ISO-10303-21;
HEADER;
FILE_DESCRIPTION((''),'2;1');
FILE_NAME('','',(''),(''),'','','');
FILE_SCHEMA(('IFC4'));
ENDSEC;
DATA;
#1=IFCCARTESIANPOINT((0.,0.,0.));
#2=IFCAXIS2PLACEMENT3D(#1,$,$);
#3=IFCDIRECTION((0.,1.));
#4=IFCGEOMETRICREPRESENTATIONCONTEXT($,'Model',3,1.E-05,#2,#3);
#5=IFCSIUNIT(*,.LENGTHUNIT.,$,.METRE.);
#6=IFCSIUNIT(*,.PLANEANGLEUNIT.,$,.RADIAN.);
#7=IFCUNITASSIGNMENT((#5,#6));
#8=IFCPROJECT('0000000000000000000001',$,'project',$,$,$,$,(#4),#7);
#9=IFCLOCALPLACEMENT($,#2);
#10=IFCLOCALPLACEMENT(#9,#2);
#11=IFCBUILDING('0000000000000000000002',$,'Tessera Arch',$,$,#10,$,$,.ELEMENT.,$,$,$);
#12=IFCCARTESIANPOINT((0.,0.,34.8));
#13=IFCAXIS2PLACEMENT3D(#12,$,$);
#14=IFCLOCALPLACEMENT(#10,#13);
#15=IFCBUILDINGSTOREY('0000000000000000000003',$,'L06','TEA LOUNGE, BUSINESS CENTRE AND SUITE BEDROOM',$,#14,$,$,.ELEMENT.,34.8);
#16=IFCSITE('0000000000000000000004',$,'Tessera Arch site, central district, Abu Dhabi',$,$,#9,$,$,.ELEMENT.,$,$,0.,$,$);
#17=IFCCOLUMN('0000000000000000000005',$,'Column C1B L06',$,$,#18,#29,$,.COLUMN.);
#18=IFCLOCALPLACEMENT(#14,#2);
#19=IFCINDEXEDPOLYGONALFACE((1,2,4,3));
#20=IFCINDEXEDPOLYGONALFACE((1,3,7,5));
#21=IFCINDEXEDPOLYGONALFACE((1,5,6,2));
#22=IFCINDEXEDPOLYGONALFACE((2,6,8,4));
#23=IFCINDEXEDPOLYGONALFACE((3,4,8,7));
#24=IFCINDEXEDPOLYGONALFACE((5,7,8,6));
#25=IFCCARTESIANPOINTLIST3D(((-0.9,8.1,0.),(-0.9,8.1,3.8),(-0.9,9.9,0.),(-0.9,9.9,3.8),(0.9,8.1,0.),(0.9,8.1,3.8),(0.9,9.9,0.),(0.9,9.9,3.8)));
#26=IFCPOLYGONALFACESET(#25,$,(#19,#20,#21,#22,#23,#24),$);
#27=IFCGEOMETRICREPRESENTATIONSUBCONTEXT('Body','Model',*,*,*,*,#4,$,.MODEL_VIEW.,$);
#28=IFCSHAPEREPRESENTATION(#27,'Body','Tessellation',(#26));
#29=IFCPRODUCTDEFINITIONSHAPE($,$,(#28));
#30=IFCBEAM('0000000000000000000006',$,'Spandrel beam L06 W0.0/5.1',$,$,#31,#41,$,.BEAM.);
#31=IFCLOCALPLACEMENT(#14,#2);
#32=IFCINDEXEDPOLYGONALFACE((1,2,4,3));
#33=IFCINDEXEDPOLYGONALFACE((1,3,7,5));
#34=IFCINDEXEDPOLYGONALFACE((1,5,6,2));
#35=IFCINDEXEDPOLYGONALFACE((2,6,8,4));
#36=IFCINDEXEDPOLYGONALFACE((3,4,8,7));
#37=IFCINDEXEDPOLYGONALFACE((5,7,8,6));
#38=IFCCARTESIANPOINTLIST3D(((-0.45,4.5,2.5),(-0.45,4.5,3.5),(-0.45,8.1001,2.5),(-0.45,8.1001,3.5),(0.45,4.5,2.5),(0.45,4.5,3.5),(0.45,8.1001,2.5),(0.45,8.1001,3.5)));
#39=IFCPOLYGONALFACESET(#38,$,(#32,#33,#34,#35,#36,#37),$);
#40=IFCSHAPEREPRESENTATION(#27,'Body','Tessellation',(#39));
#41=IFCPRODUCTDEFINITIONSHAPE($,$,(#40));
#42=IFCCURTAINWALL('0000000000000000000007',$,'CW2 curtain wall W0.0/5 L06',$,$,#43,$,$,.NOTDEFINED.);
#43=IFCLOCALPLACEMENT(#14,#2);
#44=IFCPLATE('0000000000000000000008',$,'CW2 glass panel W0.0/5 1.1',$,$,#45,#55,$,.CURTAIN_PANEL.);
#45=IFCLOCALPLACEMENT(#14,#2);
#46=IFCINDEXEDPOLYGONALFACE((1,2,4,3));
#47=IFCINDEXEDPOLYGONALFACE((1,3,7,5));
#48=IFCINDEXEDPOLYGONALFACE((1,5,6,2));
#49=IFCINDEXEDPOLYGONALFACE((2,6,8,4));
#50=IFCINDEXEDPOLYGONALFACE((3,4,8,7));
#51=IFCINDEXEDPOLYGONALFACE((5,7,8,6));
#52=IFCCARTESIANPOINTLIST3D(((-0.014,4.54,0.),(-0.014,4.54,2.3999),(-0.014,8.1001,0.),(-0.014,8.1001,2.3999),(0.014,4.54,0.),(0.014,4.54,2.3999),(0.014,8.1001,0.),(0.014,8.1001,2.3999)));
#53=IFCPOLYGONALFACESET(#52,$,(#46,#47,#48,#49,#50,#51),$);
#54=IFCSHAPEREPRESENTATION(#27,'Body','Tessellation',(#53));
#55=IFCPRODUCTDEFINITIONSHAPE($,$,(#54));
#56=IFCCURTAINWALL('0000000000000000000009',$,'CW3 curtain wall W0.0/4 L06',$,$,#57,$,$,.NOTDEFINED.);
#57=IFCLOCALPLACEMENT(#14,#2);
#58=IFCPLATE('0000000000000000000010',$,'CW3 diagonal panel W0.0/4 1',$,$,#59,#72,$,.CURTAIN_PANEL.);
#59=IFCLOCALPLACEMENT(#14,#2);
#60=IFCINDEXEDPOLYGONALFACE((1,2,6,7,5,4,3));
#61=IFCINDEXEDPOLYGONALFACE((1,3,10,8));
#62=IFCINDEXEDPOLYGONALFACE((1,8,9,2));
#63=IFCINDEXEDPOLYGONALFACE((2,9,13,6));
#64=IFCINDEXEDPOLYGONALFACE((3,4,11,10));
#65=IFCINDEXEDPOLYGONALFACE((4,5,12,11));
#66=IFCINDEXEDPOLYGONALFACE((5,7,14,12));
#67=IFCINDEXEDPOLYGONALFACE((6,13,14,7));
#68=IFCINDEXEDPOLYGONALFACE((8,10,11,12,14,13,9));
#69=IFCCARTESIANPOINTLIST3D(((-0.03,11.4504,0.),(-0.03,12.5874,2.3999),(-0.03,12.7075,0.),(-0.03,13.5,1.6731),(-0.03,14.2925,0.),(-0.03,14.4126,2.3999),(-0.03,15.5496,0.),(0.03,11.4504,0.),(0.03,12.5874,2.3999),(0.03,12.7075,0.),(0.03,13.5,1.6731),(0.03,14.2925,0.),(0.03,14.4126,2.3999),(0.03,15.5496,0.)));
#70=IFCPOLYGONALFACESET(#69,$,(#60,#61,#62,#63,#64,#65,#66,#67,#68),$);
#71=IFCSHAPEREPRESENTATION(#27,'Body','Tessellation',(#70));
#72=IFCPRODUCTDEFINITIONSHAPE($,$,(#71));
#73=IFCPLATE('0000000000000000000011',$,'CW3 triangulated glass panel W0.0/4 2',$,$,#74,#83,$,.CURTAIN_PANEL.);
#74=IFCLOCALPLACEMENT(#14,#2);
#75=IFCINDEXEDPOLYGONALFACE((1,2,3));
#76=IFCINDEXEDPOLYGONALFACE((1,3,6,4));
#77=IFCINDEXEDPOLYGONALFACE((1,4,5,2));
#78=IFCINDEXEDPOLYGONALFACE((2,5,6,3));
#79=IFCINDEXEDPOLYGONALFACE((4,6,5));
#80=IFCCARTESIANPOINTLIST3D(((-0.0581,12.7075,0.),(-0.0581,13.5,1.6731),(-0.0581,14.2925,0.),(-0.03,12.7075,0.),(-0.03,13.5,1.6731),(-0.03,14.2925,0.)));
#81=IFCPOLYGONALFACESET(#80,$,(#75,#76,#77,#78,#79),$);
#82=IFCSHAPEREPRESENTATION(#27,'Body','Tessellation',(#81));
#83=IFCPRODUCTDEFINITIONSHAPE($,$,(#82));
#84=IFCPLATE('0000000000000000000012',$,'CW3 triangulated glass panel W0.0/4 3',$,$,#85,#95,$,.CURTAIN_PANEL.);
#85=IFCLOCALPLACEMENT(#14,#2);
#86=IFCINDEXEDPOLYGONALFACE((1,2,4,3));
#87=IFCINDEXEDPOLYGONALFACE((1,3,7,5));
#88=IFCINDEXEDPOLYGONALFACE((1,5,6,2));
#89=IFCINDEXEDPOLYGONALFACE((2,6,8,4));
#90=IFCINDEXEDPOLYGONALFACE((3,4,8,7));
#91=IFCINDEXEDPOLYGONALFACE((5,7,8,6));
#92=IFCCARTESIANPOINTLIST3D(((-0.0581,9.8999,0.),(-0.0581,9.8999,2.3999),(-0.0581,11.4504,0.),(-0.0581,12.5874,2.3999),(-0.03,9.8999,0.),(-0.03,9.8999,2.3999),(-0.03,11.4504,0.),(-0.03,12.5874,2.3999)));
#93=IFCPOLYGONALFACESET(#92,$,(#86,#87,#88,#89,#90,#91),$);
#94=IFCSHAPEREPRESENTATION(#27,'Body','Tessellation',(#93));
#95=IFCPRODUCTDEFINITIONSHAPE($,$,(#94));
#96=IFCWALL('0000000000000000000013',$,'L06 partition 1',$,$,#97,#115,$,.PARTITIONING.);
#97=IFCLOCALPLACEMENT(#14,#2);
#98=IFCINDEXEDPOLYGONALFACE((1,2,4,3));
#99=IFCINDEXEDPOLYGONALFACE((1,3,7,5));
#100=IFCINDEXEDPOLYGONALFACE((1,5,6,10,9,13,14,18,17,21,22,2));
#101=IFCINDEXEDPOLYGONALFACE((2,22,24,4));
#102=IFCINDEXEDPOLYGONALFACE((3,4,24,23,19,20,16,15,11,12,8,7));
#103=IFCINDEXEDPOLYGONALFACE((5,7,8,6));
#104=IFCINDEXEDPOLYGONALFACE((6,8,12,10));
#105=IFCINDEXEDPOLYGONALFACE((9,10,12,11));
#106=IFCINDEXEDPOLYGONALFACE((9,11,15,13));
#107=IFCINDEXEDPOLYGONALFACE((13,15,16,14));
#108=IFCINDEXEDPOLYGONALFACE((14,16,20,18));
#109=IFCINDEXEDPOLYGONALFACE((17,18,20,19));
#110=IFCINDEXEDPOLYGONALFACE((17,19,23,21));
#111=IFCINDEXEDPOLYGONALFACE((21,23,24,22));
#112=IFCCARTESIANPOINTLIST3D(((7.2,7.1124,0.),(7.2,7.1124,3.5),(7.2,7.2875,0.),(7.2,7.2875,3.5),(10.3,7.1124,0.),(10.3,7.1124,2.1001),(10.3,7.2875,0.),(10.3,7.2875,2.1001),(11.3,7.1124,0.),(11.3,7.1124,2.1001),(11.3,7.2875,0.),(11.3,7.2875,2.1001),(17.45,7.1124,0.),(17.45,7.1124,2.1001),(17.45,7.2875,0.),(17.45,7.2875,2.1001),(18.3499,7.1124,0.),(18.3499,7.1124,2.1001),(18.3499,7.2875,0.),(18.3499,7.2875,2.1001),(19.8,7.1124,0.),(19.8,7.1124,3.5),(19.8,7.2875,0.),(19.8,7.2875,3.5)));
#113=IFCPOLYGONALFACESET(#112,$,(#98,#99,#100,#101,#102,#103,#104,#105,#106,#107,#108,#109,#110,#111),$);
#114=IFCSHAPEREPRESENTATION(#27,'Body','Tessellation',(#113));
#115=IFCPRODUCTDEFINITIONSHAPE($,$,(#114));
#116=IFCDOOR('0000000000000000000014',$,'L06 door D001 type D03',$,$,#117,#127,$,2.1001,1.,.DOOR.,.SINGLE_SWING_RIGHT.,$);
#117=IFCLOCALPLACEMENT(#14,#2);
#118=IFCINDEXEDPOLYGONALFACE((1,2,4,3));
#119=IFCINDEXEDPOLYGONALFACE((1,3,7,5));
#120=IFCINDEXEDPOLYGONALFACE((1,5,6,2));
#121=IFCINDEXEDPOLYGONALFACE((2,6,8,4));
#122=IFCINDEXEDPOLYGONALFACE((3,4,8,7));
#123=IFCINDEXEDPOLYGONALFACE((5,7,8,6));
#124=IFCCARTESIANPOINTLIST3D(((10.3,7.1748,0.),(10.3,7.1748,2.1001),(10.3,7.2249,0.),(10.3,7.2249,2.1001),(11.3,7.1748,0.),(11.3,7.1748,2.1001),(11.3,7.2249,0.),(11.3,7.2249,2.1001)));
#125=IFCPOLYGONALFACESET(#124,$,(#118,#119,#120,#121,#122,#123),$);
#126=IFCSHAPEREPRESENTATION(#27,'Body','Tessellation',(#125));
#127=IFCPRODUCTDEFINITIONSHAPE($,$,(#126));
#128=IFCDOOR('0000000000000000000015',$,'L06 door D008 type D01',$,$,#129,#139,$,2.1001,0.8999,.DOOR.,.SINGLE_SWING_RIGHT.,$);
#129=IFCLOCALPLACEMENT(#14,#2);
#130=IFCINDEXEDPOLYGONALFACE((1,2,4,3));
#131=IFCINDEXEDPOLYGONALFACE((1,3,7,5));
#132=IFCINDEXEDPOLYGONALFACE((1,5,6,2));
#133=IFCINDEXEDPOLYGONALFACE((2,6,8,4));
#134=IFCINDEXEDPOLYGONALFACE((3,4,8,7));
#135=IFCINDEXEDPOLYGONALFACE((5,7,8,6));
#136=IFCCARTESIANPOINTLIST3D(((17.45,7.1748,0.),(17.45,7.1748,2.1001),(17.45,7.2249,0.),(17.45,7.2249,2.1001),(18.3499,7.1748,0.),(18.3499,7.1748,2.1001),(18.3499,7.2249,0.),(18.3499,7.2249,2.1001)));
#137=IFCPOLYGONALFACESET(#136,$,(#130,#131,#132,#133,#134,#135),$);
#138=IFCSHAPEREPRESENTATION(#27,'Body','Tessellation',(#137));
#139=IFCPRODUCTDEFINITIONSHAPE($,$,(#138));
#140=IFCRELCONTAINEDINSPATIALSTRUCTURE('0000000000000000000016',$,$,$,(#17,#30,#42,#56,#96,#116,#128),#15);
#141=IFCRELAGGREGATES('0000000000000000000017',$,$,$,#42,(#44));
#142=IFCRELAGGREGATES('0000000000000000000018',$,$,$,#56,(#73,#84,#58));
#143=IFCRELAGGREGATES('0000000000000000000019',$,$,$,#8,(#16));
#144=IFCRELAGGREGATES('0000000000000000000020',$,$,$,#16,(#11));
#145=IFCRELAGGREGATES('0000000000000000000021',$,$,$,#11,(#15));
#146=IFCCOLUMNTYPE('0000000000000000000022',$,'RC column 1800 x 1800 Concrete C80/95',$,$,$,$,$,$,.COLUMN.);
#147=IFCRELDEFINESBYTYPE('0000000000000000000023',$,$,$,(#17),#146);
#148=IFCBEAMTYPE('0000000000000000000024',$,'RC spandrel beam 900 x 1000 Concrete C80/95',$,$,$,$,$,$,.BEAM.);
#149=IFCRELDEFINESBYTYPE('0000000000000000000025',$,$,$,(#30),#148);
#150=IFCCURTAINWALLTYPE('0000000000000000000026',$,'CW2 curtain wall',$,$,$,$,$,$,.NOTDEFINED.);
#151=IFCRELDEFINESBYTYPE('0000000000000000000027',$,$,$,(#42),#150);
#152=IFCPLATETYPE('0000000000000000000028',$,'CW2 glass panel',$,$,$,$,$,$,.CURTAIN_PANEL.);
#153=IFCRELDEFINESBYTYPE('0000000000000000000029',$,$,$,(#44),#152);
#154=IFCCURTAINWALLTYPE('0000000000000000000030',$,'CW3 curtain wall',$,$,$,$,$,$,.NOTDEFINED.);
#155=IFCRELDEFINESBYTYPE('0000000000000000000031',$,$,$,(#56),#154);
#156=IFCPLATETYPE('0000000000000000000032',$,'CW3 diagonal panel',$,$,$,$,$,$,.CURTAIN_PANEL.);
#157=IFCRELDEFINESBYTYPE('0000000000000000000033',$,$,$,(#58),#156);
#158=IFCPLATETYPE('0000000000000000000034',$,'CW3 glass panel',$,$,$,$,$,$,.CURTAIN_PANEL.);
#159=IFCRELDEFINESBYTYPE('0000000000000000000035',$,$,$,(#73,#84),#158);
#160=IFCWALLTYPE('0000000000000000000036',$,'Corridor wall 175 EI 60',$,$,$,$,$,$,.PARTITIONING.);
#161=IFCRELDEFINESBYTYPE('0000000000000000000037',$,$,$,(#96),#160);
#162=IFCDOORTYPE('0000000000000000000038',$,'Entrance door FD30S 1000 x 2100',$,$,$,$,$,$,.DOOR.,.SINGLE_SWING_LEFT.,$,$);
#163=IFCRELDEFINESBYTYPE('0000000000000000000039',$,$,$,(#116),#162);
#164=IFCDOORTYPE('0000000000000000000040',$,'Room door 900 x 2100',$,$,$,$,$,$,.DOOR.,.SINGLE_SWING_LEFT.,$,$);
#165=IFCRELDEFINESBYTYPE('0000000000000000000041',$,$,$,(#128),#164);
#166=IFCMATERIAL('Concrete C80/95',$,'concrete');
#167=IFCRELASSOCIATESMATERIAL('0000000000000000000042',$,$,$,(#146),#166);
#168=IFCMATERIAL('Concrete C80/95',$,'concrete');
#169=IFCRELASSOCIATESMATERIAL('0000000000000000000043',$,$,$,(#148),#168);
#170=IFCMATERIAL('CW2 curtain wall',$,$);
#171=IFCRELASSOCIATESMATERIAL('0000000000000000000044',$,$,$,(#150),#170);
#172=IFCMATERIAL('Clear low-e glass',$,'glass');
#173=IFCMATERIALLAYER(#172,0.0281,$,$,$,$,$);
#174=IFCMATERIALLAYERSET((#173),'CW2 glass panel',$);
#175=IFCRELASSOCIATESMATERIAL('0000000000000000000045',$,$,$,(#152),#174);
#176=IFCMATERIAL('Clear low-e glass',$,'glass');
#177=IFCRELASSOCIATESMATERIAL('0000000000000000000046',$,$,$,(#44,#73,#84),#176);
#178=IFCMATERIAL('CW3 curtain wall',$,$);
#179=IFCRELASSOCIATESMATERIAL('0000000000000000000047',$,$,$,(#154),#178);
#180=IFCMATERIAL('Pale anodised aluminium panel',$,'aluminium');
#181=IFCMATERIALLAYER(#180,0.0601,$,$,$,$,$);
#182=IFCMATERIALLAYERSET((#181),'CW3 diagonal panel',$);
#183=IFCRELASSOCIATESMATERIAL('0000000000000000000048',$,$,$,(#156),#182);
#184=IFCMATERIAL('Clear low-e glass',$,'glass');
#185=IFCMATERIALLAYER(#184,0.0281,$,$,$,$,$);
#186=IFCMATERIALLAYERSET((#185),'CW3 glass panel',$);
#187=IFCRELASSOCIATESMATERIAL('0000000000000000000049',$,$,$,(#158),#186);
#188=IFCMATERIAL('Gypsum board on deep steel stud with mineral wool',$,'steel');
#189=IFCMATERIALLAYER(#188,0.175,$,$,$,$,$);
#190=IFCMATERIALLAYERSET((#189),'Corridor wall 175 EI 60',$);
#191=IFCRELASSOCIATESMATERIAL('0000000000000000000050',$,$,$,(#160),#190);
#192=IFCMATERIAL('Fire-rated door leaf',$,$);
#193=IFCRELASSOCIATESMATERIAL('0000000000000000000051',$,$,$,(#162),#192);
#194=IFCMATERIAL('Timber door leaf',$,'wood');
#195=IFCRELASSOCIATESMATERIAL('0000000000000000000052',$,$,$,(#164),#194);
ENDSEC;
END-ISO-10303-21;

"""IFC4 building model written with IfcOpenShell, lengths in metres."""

from ifc_helpers import new_model, si_unit, direction, frame, frame_2d, origin, origin_2d, place, context, subcontext, project, spatial, polyline, rectangle, outline, extrude, material, layer, layer_set, material_profile, profile_set, type_object, element, fill, aggregate, save


model = new_model("IFC4")

# Units and contexts
model_context = context("Model", 3, precision=1e-05, world=origin(), true_north=direction((0.0, 1.0)))
body_context = subcontext(model_context, "Body", "Model", "MODEL_VIEW")
ifc_project = project(units=[si_unit("LENGTHUNIT", "METRE"), si_unit("PLANEANGLEUNIT", "RADIAN")], contexts=[model_context])

# Site, building, storey
site_placement = place(None, origin())
site = spatial("IfcSite", under=ifc_project, at=site_placement, Name="Tessera Arch site, central district, Abu Dhabi", CompositionType="ELEMENT", RefElevation=0.0)
building_placement = place(site_placement, origin())
building = spatial("IfcBuilding", under=site, at=building_placement, Name="Tessera Arch", CompositionType="ELEMENT")
storey_placement = place(building_placement, frame((0.0, 0.0, 34.8)))
storey = spatial("IfcBuildingStorey", under=building, at=storey_placement, Name="L06", Description="TEA LOUNGE, BUSINESS CENTRE AND SUITE BEDROOM", CompositionType="ELEMENT", Elevation=34.8)

# Column
ifc_material_1 = material(Name="Concrete C80/95", Category="concrete")
ifc_material_profile_1 = material_profile(ifc_material_1, rectangle(XDim=1.8, YDim=1.8, at=origin_2d()), Name="RC column 1800 x 1800 Concrete C80/95")
ifc_profile_set_1 = profile_set([ifc_material_profile_1], Name="Concrete C80/95")
column_type = type_object("IfcColumnType", Name="RC column 1800 x 1800 Concrete C80/95", PredefinedType="COLUMN", material=ifc_profile_set_1)
column_placement = place(storey_placement, frame((0.0, 9.0, 0.0), z_axis=(0.0, 0.0, 1.0), x_axis=(1.0, 0.0, 0.0)))
element("IfcColumn", 1, at=column_placement, inside=storey, type_object=column_type, Name="Column C1B L06", PredefinedType="COLUMN", context=body_context, shape_type="SweptSolid", body=[
    extrude(rectangle(XDim=1.8, YDim=1.8, at=origin_2d()), origin(), (0.0, 0.0, 1.0), 3.8),
])

# Beam
ifc_material_2 = material(Name="Concrete C80/95", Category="concrete")
ifc_material_profile_2 = material_profile(ifc_material_2, rectangle(XDim=0.8999, YDim=1.0, at=origin_2d()), Name="RC spandrel beam 900 x 1000 Concrete C80/95")
ifc_profile_set_2 = profile_set([ifc_material_profile_2], Name="Concrete C80/95")
beam_type = type_object("IfcBeamType", Name="RC spandrel beam 900 x 1000 Concrete C80/95", PredefinedType="BEAM", material=ifc_profile_set_2)
beam_placement = place(storey_placement, frame((0.0, 8.1001, 3.0), z_axis=(0.0, -1.0, 0.0), x_axis=(1.0, 0.0, 0.0)))
element("IfcBeam", 2, at=beam_placement, inside=storey, type_object=beam_type, Name="Spandrel beam L06 W0.0/5.1", PredefinedType="BEAM", context=body_context, shape_type="SweptSolid", body=[
    extrude(rectangle(XDim=0.8999, YDim=1.0, at=origin_2d()), origin(), (0.0, 0.0, 1.0), 3.6001),
])

# Curtain wall, plate
ifc_material_3 = material(Name="CW2 curtain wall")
curtain_wall_type_1 = type_object("IfcCurtainWallType", Name="CW2 curtain wall", PredefinedType="NOTDEFINED", material=ifc_material_3)
curtain_wall_1_placement = place(storey_placement, origin())
curtain_wall_1 = element("IfcCurtainWall", 3, at=curtain_wall_1_placement, inside=storey, type_object=curtain_wall_type_1, Name="CW2 curtain wall W0.0/5 L06", PredefinedType="NOTDEFINED")
ifc_material_4 = material(Name="Clear low-e glass", Category="glass")
ifc_material_5 = material(Name="Clear low-e glass", Category="glass")
ifc_layer_1 = layer(ifc_material_5, 0.0281)
ifc_layer_set_1 = layer_set([ifc_layer_1], Name="CW2 glass panel")
plate_type_1 = type_object("IfcPlateType", Name="CW2 glass panel", PredefinedType="CURTAIN_PANEL", material=ifc_layer_set_1)
plate_1_placement = place(storey_placement, frame((0.0, 6.3201, 0.0), z_axis=(0.0, 0.0, 1.0), x_axis=(0.0, -1.0, 0.0)))
plate_1 = element("IfcPlate", 4, at=plate_1_placement, type_object=plate_type_1, material=ifc_material_4, Name="CW2 glass panel W0.0/5 1.1", PredefinedType="CURTAIN_PANEL", context=body_context, shape_type="SweptSolid", body=[
    extrude(rectangle(XDim=3.5601, YDim=0.0281, at=origin_2d()), origin(), (0.0, 0.0, 1.0), 2.3999),
])
aggregate(curtain_wall_1, [plate_1])

# Curtain wall, plates
ifc_material_6 = material(Name="CW3 curtain wall")
curtain_wall_type_2 = type_object("IfcCurtainWallType", Name="CW3 curtain wall", PredefinedType="NOTDEFINED", material=ifc_material_6)
curtain_wall_2_placement = place(storey_placement, origin())
curtain_wall_2 = element("IfcCurtainWall", 5, at=curtain_wall_2_placement, inside=storey, type_object=curtain_wall_type_2, Name="CW3 curtain wall W0.0/4 L06", PredefinedType="NOTDEFINED")
ifc_material_7 = material(Name="Pale anodised aluminium panel", Category="aluminium")
ifc_layer_2 = layer(ifc_material_7, 0.0601)
ifc_layer_set_2 = layer_set([ifc_layer_2], Name="CW3 diagonal panel")
plate_type_2 = type_object("IfcPlateType", Name="CW3 diagonal panel", PredefinedType="CURTAIN_PANEL", material=ifc_layer_set_2)
plate_2_placement = place(storey_placement, frame((-0.03, 12.5874, 2.3999), z_axis=(-1.0, 0.0, 0.0), x_axis=(0.0, 1.0, 0.0)))
plate_2 = element("IfcPlate", 6, at=plate_2_placement, type_object=plate_type_2, Name="CW3 diagonal panel W0.0/4 1", PredefinedType="CURTAIN_PANEL", context=body_context, shape_type="SweptSolid", body=[
    extrude(outline(polyline([(0.0, 0.0), (1.8252, 0.0), (2.9622, 2.3999), (1.7051, 2.3999), (0.9126, 0.7268), (0.1201, 2.3999), (-1.137, 2.3999), (0.0, 0.0)])), origin(), (0.0, 0.0, -1.0), 0.0601),
])
ifc_material_8 = material(Name="Clear low-e glass", Category="glass")
ifc_layer_3 = layer(ifc_material_8, 0.0281)
ifc_layer_set_3 = layer_set([ifc_layer_3], Name="CW3 glass panel")
plate_type_3 = type_object("IfcPlateType", Name="CW3 glass panel", PredefinedType="CURTAIN_PANEL", material=ifc_layer_set_3)
plate_3_placement = place(storey_placement, frame((-0.0581, 14.2925, 0.0), z_axis=(-1.0, 0.0, 0.0), x_axis=(0.0, -1.0, 0.0)))
plate_3 = element("IfcPlate", 7, at=plate_3_placement, type_object=plate_type_3, material=ifc_material_4, Name="CW3 triangulated glass panel W0.0/4 2", PredefinedType="CURTAIN_PANEL", context=body_context, shape_type="SweptSolid", body=[
    extrude(outline(polyline([(0.0, 0.0), (1.585, 0.0), (0.7925, 1.6731), (0.0, 0.0)])), origin(), (0.0, 0.0, -1.0), 0.0281),
])
plate_4_placement = place(storey_placement, frame((-0.0581, 9.8999, 2.3999), z_axis=(-1.0, 0.0, 0.0), x_axis=(0.0, 1.0, 0.0)))
plate_4 = element("IfcPlate", 8, at=plate_4_placement, type_object=plate_type_3, material=ifc_material_4, Name="CW3 triangulated glass panel W0.0/4 3", PredefinedType="CURTAIN_PANEL", context=body_context, shape_type="SweptSolid", body=[
    extrude(outline(polyline([(0.0, 0.0), (2.6875, 0.0), (1.5505, 2.3999), (0.0, 2.3999), (0.0, 0.0)])), origin(), (0.0, 0.0, -1.0), 0.0281),
])
aggregate(curtain_wall_2, [plate_3, plate_4, plate_2])

# Wall, openings, doors
ifc_material_9 = material(Name="Gypsum board on deep steel stud with mineral wool", Category="steel")
ifc_layer_4 = layer(ifc_material_9, 0.175)
ifc_layer_set_4 = layer_set([ifc_layer_4], Name="Corridor wall 175 EI 60")
wall_type_1 = type_object("IfcWallType", Name="Corridor wall 175 EI 60", PredefinedType="PARTITIONING", material=ifc_layer_set_4)
wall_1_placement = place(storey_placement, frame((7.2, 7.2, 0.0), z_axis=(0.0, 0.0, 1.0), x_axis=(1.0, 0.0, 0.0)))
wall_1 = element("IfcWall", 9, at=wall_1_placement, inside=storey, type_object=wall_type_1, Name="L06 partition 1", PredefinedType="PARTITIONING", context=body_context, shape_type="SweptSolid", body=[
    extrude(rectangle(XDim=12.6001, YDim=0.175, at=frame_2d((6.3, 0.0))), origin(), (0.0, 0.0, 1.0), 3.5),
])
opening_1_placement = place(wall_1_placement, frame((3.1001, 0.0, 0.0)))
opening_1 = element("IfcOpeningElement", 10, at=opening_1_placement, cuts=wall_1, PredefinedType="OPENING", context=body_context, shape_type="SweptSolid", body=[
    extrude(rectangle(XDim=1.0, YDim=2.1001, at=frame_2d((0.5, 1.05))), frame((0.0, 0.0974, 0.0), z_axis=(0.0, -1.0, 0.0), x_axis=(1.0, 0.0, 0.0)), (0.0, 0.0, 1.0), 0.1951),
])
opening_2_placement = place(wall_1_placement, frame((10.25, 0.0, 0.0)))
opening_2 = element("IfcOpeningElement", 11, at=opening_2_placement, cuts=wall_1, PredefinedType="OPENING", context=body_context, shape_type="SweptSolid", body=[
    extrude(rectangle(XDim=0.8999, YDim=2.1001, at=frame_2d((0.45, 1.05))), frame((0.0, 0.0974, 0.0), z_axis=(0.0, -1.0, 0.0), x_axis=(1.0, 0.0, 0.0)), (0.0, 0.0, 1.0), 0.1951),
])
ifc_material_10 = material(Name="Fire-rated door leaf")
door_type_1 = type_object("IfcDoorType", Name="Entrance door FD30S 1000 x 2100", OperationType="SINGLE_SWING_LEFT", PredefinedType="DOOR", material=ifc_material_10)
door_1_placement = place(opening_1_placement, origin())
door_1 = element("IfcDoor", 12, at=door_1_placement, inside=storey, type_object=door_type_1, Name="L06 door D001 type D03", OperationType="SINGLE_SWING_RIGHT", OverallHeight=2.1001, OverallWidth=1.0, PredefinedType="DOOR", context=body_context, shape_type="SweptSolid", body=[
    extrude(rectangle(XDim=1.0, YDim=2.1001, at=frame_2d((0.5, 1.05))), frame((0.0, 0.0249, 0.0), z_axis=(0.0, -1.0, 0.0), x_axis=(1.0, 0.0, 0.0)), (0.0, 0.0, 1.0), 0.05),
])
fill(opening_1, door_1)
ifc_material_11 = material(Name="Timber door leaf", Category="wood")
door_type_2 = type_object("IfcDoorType", Name="Room door 900 x 2100", OperationType="SINGLE_SWING_LEFT", PredefinedType="DOOR", material=ifc_material_11)
door_2_placement = place(opening_2_placement, origin())
door_2 = element("IfcDoor", 13, at=door_2_placement, inside=storey, type_object=door_type_2, Name="L06 door D008 type D01", OperationType="SINGLE_SWING_RIGHT", OverallHeight=2.1001, OverallWidth=0.8999, PredefinedType="DOOR", context=body_context, shape_type="SweptSolid", body=[
    extrude(rectangle(XDim=0.8999, YDim=2.1001, at=frame_2d((0.45, 1.05))), frame((0.0, 0.0249, 0.0), z_axis=(0.0, -1.0, 0.0), x_axis=(1.0, 0.0, 0.0)), (0.0, 0.0, 1.0), 0.05),
])
fill(opening_2, door_2)

save(model, "model.ifc")
